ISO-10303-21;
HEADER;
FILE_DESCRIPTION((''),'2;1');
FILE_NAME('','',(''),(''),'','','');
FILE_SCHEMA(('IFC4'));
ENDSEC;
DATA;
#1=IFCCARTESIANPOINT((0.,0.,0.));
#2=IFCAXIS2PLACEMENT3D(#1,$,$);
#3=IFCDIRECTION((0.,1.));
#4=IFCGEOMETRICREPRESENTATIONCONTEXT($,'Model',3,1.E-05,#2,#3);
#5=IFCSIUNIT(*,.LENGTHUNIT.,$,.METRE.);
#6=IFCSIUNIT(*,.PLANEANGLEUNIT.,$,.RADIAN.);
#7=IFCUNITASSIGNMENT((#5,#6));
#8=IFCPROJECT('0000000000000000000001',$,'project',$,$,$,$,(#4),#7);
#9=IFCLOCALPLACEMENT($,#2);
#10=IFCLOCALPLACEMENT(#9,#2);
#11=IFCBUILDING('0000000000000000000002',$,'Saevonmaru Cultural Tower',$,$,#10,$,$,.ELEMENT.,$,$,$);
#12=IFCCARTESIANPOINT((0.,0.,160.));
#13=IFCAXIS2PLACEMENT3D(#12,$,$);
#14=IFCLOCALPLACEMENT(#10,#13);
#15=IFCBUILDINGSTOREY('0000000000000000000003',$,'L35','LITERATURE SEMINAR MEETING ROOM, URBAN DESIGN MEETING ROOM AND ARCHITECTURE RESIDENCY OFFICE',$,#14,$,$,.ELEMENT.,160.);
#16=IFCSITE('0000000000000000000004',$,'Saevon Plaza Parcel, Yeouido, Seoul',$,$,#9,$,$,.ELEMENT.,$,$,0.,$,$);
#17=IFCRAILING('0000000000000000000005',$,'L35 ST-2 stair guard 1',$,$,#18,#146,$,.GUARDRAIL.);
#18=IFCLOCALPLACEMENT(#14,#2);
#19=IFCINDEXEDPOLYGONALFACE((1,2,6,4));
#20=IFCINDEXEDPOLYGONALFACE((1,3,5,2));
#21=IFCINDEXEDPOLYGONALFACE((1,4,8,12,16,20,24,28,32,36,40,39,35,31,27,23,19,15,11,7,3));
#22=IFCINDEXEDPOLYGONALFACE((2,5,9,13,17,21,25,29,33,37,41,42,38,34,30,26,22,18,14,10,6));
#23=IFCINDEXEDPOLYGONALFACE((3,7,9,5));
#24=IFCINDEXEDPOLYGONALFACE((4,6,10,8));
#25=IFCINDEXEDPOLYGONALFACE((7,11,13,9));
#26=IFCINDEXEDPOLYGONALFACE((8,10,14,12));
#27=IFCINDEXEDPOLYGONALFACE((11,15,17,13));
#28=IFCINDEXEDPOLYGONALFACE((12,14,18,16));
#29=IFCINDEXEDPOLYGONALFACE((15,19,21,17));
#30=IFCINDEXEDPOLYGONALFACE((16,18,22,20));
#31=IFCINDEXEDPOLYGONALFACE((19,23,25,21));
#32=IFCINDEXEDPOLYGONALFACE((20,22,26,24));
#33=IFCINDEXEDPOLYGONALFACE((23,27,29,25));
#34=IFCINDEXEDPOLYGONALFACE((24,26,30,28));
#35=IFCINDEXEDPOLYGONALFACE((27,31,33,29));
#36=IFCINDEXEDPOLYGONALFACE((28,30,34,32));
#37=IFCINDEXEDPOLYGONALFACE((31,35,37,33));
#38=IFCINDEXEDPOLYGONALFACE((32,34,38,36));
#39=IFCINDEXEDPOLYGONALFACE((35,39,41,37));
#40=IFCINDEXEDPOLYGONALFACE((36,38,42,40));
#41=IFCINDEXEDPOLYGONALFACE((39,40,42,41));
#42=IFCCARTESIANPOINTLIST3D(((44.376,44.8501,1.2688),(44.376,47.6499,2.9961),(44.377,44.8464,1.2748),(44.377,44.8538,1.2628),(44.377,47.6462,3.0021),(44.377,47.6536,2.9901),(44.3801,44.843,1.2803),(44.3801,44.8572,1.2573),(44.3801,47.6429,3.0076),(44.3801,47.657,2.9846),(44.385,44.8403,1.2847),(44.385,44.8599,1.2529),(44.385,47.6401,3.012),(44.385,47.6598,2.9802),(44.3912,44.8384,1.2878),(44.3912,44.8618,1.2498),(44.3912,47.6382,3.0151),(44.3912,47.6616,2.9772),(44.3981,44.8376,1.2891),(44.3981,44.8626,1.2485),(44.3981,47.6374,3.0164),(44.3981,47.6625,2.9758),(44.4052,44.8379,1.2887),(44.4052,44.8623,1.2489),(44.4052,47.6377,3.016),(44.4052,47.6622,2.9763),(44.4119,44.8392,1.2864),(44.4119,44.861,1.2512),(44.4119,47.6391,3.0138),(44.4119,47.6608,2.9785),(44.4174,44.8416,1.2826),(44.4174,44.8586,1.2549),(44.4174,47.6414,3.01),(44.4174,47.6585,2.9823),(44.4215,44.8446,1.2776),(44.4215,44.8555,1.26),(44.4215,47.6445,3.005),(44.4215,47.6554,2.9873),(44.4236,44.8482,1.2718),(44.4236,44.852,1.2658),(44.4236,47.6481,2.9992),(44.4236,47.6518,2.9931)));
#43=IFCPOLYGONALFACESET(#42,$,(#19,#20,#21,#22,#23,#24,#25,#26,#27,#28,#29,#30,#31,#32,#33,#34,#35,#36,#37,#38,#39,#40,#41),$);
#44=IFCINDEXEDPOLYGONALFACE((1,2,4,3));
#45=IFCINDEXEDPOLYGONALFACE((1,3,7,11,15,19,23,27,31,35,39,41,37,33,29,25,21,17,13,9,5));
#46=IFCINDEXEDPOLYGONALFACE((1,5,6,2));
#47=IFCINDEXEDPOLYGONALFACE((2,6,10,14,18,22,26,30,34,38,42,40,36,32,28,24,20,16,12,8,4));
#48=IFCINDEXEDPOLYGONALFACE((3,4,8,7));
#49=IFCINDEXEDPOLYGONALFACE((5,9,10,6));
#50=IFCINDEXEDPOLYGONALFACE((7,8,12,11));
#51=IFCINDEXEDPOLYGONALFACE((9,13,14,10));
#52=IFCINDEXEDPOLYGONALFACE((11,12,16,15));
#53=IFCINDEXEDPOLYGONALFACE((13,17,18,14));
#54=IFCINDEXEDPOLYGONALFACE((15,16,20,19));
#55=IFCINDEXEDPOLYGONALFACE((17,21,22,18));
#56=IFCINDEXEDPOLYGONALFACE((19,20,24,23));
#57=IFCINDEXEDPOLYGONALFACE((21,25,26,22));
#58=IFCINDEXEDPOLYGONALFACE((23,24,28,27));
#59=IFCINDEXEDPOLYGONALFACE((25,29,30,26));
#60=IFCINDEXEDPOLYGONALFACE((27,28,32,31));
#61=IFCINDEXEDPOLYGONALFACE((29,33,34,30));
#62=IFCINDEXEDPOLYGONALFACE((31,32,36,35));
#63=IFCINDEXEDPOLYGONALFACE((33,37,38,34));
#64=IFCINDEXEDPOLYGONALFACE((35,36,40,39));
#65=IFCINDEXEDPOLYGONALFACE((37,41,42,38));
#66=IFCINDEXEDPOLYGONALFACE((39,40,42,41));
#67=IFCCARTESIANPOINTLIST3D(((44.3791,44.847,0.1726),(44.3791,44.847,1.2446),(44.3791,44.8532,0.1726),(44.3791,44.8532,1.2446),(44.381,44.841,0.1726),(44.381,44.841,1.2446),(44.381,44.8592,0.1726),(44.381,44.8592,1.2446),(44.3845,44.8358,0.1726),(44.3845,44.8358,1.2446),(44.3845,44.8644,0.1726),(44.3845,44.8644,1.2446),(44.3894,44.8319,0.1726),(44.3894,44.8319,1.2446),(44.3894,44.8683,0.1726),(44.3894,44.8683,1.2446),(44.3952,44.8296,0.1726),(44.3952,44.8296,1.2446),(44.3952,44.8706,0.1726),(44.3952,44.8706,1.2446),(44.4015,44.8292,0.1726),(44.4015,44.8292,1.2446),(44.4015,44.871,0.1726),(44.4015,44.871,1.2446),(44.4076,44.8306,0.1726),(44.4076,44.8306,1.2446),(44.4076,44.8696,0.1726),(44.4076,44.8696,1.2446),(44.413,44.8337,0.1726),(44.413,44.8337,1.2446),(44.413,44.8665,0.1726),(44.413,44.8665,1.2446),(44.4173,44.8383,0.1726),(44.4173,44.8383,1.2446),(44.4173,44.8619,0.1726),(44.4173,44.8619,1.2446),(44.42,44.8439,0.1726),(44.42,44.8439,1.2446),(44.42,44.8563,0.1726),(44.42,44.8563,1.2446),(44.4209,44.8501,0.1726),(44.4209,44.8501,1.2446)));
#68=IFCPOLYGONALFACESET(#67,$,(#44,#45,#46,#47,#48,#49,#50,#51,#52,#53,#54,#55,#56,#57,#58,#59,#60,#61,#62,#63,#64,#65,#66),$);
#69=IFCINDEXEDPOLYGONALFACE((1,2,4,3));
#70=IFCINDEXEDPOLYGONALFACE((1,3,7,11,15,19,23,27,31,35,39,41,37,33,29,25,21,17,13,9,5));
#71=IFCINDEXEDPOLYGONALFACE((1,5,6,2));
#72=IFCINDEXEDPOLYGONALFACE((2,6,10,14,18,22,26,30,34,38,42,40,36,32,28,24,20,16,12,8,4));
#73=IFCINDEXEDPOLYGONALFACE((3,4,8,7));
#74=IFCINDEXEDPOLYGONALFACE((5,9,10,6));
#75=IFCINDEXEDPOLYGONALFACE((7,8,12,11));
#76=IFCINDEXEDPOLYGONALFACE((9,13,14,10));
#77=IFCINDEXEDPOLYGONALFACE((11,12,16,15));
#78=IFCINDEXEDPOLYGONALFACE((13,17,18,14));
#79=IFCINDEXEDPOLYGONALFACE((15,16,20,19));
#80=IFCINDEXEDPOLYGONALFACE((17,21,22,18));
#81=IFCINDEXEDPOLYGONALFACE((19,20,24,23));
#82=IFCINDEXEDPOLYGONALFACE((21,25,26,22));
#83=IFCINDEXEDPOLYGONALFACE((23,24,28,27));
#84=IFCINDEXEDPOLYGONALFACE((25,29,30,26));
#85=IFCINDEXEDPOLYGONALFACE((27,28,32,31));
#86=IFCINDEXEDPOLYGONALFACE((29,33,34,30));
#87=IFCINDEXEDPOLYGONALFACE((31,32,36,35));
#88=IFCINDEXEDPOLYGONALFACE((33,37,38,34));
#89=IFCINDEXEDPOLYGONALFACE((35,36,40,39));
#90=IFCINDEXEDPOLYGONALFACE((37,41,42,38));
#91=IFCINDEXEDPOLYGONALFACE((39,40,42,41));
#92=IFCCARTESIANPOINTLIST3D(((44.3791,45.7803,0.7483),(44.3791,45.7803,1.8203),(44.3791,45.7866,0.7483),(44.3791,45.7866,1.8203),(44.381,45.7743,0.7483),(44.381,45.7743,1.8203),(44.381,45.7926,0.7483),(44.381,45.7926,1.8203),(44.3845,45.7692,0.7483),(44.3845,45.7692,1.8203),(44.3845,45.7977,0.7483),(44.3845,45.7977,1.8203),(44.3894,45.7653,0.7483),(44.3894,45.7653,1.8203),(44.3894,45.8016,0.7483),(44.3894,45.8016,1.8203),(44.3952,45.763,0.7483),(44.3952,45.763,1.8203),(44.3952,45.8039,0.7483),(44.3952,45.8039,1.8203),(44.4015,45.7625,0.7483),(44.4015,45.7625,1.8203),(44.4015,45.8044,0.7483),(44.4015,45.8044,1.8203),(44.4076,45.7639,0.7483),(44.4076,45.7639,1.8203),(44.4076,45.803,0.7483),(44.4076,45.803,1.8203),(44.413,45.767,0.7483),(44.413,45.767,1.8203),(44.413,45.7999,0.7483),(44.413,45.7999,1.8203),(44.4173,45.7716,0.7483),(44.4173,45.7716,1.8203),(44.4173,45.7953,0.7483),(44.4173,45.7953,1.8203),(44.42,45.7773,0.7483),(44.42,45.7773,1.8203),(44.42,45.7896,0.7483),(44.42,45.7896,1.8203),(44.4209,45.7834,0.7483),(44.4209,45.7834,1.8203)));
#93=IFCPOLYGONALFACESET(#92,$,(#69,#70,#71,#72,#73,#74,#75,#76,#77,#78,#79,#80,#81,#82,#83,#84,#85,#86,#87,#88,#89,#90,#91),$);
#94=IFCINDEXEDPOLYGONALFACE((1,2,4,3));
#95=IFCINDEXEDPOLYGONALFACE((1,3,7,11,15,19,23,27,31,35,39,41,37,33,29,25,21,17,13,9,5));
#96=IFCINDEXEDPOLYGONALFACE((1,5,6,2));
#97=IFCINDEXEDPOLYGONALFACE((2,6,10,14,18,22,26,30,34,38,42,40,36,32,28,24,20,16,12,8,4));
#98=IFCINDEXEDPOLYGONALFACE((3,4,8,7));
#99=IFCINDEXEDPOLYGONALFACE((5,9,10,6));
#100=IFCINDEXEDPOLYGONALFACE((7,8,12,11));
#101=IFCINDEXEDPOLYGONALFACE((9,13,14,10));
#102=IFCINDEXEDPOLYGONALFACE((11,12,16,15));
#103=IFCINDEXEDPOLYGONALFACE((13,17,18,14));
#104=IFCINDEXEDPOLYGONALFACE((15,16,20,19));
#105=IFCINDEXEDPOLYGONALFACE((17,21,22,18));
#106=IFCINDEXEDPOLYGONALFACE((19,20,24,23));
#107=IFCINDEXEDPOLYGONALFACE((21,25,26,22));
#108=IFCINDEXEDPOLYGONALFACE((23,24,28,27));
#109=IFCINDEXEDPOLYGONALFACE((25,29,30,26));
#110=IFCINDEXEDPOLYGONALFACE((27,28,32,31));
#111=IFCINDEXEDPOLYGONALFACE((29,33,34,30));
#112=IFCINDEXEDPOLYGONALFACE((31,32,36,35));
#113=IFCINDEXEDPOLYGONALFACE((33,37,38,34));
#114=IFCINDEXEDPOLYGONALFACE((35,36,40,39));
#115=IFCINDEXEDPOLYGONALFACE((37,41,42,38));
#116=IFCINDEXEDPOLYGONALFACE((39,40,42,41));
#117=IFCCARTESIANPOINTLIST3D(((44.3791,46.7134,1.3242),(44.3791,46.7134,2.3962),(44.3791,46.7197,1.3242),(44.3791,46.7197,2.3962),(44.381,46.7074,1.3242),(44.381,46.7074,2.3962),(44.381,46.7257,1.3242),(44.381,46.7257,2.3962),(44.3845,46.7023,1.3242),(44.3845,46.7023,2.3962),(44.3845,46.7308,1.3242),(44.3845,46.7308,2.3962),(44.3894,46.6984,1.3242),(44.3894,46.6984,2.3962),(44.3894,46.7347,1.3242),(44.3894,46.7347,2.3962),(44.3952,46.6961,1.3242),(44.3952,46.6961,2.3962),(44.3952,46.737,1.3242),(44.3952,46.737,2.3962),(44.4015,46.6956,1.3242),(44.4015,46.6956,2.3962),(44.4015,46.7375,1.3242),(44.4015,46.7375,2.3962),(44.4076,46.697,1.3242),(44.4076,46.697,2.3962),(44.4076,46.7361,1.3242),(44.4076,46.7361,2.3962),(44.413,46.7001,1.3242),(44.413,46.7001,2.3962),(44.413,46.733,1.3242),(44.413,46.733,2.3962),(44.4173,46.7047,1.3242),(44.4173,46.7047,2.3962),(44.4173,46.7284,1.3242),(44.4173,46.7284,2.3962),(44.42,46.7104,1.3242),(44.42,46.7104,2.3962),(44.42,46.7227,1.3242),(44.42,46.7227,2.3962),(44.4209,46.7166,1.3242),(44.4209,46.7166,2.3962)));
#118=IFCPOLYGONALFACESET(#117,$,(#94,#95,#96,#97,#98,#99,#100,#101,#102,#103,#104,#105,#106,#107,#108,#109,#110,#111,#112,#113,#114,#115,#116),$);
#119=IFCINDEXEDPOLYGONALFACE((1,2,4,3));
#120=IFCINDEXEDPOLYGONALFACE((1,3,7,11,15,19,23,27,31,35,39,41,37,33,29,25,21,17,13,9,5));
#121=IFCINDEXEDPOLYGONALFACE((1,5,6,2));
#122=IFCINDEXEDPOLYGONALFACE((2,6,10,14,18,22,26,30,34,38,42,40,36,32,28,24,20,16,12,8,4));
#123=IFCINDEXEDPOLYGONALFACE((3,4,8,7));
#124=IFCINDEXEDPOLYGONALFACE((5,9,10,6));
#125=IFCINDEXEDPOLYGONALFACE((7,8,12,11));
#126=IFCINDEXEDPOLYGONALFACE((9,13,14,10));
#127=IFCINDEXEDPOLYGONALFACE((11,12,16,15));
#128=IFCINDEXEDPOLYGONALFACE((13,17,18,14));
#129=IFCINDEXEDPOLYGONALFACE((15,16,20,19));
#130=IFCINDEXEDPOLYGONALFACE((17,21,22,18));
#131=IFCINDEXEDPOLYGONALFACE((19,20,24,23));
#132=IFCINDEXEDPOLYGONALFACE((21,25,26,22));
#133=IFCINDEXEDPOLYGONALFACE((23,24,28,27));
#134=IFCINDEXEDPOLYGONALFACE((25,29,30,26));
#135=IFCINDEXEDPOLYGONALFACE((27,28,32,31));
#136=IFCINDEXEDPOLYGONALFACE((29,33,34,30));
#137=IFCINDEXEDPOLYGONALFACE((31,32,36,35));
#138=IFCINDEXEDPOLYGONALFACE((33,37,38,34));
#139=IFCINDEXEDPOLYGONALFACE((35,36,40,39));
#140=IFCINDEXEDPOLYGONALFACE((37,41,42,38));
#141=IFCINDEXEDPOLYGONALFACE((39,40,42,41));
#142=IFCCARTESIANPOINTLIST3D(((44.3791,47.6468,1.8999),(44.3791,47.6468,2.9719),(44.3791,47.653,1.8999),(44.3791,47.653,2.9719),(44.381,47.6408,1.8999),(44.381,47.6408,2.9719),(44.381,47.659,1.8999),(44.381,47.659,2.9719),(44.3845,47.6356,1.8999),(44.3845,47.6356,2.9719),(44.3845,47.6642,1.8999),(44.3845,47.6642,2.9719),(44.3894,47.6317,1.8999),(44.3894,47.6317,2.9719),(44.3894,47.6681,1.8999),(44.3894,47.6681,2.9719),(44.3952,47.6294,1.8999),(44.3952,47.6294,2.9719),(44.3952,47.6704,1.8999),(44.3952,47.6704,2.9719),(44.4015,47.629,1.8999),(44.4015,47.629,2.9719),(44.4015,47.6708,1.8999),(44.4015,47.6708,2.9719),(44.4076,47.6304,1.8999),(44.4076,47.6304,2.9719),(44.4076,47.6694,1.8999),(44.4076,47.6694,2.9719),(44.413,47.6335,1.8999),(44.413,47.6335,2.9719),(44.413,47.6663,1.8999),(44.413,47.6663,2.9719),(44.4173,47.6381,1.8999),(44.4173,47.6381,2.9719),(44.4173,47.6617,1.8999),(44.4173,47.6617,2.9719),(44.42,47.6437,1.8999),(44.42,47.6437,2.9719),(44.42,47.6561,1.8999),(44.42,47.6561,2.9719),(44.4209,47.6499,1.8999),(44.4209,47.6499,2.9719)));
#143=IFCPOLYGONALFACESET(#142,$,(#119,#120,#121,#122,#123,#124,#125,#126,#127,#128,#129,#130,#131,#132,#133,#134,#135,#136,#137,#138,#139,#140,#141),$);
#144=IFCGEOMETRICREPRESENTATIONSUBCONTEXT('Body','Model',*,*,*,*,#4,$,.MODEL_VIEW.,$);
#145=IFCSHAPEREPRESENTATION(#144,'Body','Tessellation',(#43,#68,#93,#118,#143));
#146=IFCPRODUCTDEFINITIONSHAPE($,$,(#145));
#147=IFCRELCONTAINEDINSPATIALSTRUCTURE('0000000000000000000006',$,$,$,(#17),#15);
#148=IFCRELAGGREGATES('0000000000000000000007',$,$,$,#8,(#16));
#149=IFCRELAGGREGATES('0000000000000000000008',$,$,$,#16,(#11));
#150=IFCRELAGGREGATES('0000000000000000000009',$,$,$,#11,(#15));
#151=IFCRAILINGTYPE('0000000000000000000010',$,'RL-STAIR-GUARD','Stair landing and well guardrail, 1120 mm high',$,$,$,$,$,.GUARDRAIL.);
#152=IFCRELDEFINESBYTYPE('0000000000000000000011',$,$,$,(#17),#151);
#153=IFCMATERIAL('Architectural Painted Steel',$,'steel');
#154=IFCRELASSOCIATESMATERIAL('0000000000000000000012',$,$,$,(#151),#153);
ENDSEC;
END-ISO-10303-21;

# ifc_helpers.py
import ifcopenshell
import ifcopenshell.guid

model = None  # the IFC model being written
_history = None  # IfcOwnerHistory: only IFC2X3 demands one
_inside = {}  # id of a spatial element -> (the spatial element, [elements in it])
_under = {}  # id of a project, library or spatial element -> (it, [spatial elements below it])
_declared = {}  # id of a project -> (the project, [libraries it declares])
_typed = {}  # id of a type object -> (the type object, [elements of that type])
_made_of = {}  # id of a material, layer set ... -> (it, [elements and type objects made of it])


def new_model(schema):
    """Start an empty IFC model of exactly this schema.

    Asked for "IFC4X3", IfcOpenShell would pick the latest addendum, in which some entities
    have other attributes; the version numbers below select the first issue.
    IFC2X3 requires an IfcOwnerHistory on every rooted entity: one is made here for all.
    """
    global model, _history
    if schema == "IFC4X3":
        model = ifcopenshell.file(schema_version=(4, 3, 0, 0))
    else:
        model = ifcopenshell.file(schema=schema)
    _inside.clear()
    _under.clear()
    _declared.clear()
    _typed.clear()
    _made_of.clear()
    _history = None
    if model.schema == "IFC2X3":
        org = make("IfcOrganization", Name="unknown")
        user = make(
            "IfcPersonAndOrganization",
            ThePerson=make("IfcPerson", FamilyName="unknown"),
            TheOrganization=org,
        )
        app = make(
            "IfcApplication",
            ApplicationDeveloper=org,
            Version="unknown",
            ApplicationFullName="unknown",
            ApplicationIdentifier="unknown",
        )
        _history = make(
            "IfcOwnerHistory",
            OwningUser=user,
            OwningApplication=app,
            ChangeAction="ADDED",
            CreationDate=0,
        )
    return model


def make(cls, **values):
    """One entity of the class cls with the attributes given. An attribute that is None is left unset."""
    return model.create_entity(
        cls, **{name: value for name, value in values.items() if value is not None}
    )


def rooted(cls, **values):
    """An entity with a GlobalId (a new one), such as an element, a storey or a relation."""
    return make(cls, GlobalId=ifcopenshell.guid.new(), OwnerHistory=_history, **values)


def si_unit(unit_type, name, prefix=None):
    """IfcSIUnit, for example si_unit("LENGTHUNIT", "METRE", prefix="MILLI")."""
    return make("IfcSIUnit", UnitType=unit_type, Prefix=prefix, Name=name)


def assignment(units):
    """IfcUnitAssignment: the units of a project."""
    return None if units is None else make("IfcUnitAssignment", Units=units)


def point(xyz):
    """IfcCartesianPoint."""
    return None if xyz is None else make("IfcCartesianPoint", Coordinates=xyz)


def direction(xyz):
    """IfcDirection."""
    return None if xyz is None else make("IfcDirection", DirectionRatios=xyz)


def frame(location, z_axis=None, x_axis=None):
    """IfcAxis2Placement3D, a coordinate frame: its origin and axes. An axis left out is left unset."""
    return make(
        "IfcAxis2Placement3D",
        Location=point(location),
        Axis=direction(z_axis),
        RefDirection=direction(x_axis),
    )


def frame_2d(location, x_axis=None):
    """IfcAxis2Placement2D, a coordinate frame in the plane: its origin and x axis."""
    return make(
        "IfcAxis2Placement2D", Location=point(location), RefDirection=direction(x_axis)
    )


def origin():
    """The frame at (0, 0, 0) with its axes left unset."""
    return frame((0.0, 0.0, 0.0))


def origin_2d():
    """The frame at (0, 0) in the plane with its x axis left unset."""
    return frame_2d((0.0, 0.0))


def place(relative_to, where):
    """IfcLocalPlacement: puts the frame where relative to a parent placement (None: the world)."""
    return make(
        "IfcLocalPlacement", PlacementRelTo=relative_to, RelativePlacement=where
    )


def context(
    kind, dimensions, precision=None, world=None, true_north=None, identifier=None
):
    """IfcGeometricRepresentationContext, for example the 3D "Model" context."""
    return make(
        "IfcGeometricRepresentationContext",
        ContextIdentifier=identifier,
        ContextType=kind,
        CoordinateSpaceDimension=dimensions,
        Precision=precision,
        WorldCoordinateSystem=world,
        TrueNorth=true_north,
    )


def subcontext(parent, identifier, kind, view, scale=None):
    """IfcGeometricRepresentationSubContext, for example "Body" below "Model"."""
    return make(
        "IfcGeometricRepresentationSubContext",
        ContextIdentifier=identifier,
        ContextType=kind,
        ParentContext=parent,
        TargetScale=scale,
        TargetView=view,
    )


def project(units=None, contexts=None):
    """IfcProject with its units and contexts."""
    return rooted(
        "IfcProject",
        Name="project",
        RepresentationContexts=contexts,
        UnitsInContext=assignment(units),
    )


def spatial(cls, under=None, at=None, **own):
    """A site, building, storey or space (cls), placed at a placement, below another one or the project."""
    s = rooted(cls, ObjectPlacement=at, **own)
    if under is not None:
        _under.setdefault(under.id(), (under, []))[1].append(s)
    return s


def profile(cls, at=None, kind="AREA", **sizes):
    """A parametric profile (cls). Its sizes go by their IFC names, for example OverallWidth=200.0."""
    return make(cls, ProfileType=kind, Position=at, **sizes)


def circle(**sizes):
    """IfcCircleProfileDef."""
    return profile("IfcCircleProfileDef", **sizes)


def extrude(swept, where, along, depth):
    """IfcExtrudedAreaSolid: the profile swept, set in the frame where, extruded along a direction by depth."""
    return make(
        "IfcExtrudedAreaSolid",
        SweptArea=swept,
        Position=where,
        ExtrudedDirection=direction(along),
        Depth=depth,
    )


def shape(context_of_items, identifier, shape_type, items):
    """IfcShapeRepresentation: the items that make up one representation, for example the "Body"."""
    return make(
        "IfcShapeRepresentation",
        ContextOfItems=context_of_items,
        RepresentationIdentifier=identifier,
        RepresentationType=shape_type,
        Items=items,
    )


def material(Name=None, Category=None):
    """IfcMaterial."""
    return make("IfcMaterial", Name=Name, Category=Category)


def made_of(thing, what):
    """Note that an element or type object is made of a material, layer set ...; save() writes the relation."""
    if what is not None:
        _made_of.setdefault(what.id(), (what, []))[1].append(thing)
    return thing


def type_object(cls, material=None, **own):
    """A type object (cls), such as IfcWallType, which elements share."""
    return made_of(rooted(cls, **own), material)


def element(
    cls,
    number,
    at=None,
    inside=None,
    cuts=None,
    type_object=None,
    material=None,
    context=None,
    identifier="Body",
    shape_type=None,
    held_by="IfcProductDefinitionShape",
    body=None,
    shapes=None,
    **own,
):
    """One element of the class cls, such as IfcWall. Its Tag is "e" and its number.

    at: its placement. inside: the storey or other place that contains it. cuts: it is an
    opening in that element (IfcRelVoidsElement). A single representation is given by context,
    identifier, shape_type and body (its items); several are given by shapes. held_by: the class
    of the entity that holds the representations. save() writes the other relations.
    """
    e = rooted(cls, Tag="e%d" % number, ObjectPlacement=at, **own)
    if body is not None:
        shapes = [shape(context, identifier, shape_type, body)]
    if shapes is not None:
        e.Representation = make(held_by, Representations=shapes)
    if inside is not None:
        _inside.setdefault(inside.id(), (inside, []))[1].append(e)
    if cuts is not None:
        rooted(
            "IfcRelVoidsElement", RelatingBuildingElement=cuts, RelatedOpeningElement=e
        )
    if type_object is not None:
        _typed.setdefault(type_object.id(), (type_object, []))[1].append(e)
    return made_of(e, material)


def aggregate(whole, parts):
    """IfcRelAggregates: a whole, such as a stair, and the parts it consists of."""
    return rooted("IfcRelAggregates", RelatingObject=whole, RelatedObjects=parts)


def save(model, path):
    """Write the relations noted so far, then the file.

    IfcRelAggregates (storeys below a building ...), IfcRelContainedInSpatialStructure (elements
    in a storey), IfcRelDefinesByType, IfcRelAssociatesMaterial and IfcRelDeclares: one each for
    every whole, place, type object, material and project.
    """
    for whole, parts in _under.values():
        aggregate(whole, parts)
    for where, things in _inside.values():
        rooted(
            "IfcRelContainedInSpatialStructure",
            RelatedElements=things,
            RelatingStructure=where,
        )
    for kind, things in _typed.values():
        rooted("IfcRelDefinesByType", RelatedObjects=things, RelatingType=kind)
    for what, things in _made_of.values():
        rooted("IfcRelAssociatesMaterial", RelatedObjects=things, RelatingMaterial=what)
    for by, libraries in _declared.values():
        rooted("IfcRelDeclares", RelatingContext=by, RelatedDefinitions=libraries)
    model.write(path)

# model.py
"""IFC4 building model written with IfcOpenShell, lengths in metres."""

from ifc_helpers import new_model, si_unit, direction, frame, origin, origin_2d, place, context, subcontext, project, spatial, circle, extrude, material, type_object, element, save


model = new_model("IFC4")

# Units and contexts
model_context = context("Model", 3, precision=1e-05, world=origin(), true_north=direction((0.0, 1.0)))
body_context = subcontext(model_context, "Body", "Model", "MODEL_VIEW")
ifc_project = project(units=[si_unit("LENGTHUNIT", "METRE"), si_unit("PLANEANGLEUNIT", "RADIAN")], contexts=[model_context])

# Site, building, storey
site_placement = place(None, origin())
site = spatial("IfcSite", under=ifc_project, at=site_placement, Name="Saevon Plaza Parcel, Yeouido, Seoul", CompositionType="ELEMENT", RefElevation=0.0)
building_placement = place(site_placement, origin())
building = spatial("IfcBuilding", under=site, at=building_placement, Name="Saevonmaru Cultural Tower", CompositionType="ELEMENT")
storey_placement = place(building_placement, frame((0.0, 0.0, 160.0)))
storey = spatial("IfcBuildingStorey", under=building, at=storey_placement, Name="L35", Description="LITERATURE SEMINAR MEETING ROOM, URBAN DESIGN MEETING ROOM AND ARCHITECTURE RESIDENCY OFFICE", CompositionType="ELEMENT", Elevation=160.0)

# Railing
ifc_material_1 = material(Name="Architectural Painted Steel", Category="steel")
railing_type_1 = type_object("IfcRailingType", Name="RL-STAIR-GUARD", Description="Stair landing and well guardrail, 1120 mm high", PredefinedType="GUARDRAIL", material=ifc_material_1)
railing_1_placement = place(storey_placement, frame((44.3999, 44.8501, 0.1726)))
element("IfcRailing", 1, at=railing_1_placement, inside=storey, type_object=railing_type_1, Name="L35 ST-2 stair guard 1", PredefinedType="GUARDRAIL", context=body_context, shape_type="SweptSolid", body=[
    extrude(circle(Radius=0.0239, at=origin_2d()), frame((0.0, 0.0, 1.0962), z_axis=(0.0, 0.851069, 0.525054), x_axis=(-1.0, 0.0, 0.0)), (0.0, 0.0, 1.0), 3.2898),
    extrude(circle(Radius=0.021, at=origin_2d()), origin(), (0.0, 0.0, 1.0), 1.072),
    extrude(circle(Radius=0.021, at=origin_2d()), frame((0.0, 0.9333, 0.5757)), (0.0, 0.0, 1.0), 1.072),
    extrude(circle(Radius=0.021, at=origin_2d()), frame((0.0, 1.8665, 1.1516)), (0.0, 0.0, 1.0), 1.072),
    extrude(circle(Radius=0.021, at=origin_2d()), frame((0.0, 2.7998, 1.7273)), (0.0, 0.0, 1.0), 1.072),
])

save(model, "model.ifc")
